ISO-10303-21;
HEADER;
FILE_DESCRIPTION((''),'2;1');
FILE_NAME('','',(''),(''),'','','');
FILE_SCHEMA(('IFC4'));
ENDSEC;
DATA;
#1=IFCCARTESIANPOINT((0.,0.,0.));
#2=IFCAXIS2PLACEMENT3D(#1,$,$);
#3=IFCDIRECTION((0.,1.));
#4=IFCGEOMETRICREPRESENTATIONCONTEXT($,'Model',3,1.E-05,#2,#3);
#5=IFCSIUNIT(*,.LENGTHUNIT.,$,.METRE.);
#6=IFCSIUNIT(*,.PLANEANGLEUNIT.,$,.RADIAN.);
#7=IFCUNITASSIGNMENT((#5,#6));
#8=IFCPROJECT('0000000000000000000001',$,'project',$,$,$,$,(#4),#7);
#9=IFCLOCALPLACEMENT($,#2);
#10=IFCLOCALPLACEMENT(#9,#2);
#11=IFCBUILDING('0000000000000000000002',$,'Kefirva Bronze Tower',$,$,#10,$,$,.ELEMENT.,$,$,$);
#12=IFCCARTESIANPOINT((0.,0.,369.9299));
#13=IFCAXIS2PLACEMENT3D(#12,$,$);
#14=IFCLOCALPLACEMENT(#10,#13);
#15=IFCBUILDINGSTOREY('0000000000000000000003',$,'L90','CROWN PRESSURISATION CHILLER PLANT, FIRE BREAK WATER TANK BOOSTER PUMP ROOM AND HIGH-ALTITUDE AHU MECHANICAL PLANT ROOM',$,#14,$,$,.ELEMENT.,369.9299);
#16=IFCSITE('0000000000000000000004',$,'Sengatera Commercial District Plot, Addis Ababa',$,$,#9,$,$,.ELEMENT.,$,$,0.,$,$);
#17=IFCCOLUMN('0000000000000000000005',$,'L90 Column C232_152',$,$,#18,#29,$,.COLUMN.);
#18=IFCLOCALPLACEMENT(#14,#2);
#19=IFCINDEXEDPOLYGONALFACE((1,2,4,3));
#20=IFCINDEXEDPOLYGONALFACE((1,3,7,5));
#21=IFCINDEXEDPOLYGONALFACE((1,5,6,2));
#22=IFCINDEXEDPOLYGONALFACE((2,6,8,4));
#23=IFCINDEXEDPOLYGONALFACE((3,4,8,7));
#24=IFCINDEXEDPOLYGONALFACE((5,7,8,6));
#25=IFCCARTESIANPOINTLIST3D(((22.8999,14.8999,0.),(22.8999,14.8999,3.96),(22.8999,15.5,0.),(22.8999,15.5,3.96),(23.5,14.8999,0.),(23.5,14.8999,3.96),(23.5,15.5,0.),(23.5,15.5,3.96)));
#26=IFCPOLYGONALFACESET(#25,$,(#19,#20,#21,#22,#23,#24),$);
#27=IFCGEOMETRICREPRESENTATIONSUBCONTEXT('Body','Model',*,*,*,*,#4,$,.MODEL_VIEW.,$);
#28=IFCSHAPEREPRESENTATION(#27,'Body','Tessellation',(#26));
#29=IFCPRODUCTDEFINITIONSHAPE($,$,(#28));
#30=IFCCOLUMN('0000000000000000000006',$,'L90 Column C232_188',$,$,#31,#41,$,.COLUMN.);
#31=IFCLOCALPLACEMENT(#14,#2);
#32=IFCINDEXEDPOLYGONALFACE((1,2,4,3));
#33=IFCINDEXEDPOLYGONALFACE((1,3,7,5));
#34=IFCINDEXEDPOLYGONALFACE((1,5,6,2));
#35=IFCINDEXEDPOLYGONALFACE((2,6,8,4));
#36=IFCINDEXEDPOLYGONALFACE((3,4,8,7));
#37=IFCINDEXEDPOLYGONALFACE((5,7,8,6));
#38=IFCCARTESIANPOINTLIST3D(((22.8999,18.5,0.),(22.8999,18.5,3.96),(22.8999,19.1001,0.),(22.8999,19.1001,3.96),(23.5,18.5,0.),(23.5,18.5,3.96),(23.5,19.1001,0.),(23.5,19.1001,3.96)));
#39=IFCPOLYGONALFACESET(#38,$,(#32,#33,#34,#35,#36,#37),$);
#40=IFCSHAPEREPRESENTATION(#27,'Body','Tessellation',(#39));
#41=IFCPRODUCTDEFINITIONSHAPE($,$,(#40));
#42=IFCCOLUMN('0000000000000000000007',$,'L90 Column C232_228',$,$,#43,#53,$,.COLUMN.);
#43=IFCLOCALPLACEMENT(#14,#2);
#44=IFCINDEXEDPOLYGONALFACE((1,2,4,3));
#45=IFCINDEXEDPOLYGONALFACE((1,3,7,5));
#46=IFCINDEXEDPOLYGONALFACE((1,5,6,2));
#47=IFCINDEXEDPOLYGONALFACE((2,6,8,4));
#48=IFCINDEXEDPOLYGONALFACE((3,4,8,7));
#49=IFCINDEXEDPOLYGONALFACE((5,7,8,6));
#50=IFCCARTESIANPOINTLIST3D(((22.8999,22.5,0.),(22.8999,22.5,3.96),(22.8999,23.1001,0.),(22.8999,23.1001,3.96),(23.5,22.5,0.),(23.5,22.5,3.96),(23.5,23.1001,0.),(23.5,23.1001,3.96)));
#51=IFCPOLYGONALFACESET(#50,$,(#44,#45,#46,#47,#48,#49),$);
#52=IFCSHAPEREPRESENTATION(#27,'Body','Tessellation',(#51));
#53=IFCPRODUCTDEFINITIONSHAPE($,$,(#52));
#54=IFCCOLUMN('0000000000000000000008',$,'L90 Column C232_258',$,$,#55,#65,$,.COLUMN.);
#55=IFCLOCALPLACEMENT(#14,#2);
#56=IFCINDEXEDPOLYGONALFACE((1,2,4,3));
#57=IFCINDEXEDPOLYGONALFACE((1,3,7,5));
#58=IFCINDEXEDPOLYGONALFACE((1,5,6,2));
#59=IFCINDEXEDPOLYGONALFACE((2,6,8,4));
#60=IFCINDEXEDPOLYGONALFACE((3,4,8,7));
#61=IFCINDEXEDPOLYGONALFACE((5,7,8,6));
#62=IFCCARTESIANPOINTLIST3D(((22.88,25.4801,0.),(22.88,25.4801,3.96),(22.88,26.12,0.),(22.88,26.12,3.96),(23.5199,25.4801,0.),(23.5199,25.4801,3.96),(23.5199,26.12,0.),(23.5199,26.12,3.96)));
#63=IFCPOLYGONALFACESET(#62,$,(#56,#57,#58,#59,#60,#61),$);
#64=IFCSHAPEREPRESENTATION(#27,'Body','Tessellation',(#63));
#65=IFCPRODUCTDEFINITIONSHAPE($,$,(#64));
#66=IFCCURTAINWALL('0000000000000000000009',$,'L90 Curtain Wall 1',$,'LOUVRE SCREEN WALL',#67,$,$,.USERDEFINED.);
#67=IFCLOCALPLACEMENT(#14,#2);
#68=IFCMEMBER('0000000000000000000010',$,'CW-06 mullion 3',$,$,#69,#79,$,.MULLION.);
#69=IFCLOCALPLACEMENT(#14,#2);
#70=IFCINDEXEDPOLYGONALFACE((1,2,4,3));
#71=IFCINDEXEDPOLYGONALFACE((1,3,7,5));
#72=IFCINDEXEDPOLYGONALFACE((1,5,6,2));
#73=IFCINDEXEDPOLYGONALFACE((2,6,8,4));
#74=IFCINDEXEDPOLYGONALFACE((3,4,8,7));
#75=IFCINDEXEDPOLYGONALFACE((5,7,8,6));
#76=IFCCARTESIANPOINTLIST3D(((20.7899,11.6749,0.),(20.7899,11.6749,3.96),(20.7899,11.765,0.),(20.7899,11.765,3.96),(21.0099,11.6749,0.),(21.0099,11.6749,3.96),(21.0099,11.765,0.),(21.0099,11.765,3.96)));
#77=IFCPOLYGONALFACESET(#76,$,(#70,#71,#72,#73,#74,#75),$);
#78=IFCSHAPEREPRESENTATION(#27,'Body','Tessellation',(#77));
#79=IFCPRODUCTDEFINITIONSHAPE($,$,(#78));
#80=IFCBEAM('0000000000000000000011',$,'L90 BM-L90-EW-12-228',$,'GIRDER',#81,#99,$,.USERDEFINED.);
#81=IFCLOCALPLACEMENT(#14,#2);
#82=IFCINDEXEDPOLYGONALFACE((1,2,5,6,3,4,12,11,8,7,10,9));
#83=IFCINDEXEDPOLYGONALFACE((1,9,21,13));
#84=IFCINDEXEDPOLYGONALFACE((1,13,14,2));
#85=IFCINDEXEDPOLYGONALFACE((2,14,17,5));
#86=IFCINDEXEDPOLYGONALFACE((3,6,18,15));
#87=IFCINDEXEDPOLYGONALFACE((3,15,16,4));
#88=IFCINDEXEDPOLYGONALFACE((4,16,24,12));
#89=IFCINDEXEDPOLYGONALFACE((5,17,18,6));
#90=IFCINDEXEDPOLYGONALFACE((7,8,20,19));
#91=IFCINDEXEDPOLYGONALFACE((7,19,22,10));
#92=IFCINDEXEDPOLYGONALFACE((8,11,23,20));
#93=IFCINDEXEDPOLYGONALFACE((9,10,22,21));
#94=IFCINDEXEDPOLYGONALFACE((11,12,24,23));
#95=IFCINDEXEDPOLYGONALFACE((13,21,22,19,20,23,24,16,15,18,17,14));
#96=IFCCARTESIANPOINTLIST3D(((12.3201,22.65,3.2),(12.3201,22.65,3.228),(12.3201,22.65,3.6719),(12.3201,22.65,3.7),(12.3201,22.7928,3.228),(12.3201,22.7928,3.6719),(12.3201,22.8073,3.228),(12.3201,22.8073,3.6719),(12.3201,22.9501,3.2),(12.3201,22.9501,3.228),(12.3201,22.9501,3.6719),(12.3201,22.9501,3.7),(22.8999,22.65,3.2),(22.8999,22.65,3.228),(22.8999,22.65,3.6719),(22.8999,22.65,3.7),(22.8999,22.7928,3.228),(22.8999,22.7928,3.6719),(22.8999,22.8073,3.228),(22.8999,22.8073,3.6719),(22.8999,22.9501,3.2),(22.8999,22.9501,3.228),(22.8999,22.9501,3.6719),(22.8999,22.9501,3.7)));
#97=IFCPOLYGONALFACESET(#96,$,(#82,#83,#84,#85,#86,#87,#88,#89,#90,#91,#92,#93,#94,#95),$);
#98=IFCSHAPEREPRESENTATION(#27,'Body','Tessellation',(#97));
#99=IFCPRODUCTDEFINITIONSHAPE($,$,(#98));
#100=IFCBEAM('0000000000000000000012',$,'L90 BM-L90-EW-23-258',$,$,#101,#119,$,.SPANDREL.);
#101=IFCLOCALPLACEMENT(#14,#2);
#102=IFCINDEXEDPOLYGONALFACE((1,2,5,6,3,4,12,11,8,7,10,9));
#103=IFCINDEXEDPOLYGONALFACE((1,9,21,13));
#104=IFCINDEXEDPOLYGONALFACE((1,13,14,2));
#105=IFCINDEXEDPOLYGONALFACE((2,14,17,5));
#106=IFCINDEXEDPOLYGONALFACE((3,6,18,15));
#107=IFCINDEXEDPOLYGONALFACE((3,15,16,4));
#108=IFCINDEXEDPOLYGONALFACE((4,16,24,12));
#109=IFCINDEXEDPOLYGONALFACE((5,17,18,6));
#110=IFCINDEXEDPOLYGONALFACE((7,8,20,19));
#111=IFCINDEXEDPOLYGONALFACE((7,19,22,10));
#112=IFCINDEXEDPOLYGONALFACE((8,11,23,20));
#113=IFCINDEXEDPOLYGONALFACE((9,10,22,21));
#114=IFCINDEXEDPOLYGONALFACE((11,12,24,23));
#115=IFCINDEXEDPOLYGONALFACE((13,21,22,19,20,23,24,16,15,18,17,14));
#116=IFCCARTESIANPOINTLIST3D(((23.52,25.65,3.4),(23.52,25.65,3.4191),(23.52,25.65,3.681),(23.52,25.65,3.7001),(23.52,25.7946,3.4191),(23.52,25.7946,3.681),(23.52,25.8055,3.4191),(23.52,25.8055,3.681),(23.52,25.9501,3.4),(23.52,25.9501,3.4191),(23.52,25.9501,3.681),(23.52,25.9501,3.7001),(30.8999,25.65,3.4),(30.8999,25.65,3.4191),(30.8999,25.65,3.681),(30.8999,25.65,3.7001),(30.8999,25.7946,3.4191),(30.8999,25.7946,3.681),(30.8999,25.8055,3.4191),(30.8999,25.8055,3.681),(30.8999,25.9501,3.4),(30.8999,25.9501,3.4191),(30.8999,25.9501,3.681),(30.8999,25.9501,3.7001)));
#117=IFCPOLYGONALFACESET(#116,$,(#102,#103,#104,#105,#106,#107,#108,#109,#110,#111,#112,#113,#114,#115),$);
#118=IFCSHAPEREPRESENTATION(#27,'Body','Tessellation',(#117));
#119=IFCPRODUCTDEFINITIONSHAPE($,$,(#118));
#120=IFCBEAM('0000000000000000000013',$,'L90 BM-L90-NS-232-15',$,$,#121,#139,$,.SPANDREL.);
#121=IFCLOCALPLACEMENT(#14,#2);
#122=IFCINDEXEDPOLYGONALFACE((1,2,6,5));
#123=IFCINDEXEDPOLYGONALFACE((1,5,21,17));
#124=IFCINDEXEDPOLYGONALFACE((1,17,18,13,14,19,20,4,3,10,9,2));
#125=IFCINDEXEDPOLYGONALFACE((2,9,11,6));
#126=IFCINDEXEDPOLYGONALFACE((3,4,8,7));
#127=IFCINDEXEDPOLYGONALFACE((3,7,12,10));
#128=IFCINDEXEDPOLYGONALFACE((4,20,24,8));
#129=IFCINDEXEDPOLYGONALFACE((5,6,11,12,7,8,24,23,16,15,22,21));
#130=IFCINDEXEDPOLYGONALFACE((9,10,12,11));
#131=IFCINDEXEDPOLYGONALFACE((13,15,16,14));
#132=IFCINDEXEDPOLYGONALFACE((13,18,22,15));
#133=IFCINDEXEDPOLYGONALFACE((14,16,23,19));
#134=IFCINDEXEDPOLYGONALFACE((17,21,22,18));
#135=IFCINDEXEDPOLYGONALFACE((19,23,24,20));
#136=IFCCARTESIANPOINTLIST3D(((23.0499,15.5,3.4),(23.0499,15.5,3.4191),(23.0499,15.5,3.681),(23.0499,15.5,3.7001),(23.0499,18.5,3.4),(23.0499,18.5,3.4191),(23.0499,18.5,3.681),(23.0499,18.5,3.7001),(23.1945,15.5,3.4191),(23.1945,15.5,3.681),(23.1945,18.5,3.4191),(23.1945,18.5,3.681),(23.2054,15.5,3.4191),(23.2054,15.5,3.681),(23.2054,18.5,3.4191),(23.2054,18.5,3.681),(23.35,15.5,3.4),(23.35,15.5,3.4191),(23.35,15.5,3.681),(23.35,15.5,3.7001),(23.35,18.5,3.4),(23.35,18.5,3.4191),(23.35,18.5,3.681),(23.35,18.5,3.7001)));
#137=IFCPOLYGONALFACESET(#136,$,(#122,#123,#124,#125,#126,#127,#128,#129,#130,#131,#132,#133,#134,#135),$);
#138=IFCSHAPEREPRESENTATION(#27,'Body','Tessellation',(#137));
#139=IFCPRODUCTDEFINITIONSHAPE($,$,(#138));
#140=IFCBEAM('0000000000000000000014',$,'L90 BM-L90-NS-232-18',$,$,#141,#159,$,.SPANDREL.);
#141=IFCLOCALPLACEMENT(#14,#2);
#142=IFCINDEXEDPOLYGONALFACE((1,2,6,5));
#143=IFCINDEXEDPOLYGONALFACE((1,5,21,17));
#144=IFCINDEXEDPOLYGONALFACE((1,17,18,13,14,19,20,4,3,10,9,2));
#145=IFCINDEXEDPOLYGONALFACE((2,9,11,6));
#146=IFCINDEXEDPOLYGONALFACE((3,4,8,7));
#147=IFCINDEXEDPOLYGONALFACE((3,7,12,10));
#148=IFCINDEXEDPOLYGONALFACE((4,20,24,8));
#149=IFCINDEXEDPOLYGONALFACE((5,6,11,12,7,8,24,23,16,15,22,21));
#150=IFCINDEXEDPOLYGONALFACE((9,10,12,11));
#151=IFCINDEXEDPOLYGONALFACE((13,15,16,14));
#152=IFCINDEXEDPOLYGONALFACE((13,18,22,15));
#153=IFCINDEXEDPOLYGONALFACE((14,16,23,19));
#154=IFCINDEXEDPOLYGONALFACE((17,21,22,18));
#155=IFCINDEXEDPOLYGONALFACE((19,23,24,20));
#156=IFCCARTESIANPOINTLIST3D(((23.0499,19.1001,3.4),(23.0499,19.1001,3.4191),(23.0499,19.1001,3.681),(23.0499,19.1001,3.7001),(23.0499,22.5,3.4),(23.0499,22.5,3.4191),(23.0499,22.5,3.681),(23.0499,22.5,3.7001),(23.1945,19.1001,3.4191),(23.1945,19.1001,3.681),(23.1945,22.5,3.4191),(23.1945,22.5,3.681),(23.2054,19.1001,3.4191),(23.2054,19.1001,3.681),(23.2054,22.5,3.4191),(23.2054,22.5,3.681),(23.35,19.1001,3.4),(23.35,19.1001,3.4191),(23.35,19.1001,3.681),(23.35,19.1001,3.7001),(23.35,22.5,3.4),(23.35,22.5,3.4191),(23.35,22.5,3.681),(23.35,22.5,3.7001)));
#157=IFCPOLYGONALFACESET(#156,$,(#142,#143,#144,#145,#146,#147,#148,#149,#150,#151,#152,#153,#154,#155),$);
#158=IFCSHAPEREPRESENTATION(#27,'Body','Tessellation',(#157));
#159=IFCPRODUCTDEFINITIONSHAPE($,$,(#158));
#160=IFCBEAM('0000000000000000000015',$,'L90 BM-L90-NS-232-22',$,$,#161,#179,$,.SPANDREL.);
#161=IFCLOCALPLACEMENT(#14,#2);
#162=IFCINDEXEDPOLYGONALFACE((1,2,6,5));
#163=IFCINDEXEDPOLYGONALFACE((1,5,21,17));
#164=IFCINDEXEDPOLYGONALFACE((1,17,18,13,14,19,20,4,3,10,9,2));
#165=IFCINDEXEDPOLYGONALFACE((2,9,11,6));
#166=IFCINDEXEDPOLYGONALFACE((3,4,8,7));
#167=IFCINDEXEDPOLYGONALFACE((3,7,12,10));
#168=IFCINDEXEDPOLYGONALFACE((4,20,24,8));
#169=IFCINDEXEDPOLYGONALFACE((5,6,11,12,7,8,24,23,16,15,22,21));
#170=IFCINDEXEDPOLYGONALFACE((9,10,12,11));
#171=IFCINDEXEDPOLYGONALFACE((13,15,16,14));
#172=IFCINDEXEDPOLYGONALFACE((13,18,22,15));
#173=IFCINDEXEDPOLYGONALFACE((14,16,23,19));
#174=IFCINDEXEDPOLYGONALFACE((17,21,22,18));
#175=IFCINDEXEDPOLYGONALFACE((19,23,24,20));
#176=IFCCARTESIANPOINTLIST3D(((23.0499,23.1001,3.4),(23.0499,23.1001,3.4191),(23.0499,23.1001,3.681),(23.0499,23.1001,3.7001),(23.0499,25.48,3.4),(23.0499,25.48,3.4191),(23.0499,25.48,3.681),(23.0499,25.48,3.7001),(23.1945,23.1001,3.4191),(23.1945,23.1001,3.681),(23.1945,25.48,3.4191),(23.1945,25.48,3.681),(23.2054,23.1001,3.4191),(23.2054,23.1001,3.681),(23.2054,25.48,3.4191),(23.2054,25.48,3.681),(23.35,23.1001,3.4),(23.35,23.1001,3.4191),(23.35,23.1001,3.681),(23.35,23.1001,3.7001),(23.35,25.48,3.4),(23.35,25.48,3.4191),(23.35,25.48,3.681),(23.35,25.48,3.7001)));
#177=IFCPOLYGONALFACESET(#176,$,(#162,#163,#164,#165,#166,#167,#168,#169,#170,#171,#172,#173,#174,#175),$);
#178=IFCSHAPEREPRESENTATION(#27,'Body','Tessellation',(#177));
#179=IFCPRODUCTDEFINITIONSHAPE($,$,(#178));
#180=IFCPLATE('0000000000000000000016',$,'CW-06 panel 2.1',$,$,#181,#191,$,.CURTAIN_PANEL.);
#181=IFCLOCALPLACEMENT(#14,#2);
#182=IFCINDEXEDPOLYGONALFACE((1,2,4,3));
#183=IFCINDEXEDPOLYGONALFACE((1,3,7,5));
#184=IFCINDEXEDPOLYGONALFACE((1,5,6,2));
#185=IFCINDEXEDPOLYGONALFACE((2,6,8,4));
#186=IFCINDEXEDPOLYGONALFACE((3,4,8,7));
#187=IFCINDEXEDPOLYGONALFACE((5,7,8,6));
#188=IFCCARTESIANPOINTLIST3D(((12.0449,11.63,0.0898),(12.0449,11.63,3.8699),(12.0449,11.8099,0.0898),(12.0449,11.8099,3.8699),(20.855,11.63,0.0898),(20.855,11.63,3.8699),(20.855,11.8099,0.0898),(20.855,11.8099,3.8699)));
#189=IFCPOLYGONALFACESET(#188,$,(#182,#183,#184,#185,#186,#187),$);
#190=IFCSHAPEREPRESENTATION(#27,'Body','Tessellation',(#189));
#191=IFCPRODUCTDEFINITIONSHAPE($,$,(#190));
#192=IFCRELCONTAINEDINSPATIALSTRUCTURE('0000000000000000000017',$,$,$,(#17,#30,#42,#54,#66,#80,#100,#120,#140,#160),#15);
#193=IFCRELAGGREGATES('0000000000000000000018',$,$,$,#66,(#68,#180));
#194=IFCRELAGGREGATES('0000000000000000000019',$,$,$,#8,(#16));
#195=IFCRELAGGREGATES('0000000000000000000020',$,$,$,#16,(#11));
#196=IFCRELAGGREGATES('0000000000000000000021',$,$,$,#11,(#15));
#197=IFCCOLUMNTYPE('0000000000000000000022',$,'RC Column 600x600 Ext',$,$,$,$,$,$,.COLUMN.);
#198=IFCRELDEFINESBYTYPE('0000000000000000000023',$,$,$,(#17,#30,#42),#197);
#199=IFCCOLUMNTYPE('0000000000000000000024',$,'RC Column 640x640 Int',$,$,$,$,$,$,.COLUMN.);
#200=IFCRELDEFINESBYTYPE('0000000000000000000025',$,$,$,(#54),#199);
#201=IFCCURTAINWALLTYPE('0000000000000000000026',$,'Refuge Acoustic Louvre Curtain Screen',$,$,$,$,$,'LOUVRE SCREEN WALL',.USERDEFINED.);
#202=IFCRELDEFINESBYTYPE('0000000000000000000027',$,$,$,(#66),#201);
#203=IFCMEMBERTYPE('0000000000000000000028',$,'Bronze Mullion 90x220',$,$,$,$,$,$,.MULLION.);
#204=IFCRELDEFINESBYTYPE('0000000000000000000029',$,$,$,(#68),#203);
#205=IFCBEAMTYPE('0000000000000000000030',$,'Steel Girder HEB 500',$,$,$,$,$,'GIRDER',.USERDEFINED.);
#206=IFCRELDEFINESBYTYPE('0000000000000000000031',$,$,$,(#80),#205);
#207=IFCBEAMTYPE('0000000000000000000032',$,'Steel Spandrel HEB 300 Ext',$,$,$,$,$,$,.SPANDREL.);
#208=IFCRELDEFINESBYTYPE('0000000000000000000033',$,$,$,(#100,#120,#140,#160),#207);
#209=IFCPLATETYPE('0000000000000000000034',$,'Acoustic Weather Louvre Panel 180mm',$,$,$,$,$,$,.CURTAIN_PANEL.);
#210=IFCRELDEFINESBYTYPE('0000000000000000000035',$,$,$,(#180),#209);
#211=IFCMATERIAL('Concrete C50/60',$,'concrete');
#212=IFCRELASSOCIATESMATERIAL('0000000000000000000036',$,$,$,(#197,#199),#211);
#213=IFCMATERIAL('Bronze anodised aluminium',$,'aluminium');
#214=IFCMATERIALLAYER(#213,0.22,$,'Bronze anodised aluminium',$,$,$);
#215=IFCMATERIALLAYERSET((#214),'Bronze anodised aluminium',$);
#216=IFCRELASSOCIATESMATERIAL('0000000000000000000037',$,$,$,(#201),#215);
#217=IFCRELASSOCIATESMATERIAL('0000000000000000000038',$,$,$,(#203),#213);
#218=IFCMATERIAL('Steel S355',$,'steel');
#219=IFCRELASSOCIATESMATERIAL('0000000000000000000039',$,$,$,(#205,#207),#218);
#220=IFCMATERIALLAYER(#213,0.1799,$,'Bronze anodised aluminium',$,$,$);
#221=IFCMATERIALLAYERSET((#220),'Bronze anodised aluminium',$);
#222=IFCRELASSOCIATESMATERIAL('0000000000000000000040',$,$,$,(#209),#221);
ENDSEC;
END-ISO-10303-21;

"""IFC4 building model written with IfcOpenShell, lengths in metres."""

from ifc_helpers import new_model, si_unit, direction, frame, origin, origin_2d, place, context, subcontext, project, spatial, rectangle, i_section, extrude, material, layer, layer_set, material_profile, profile_set, type_object, element, aggregate, save


model = new_model("IFC4")

# Units and contexts
model_context = context("Model", 3, precision=1e-05, world=origin(), true_north=direction((0.0, 1.0)))
body_context = subcontext(model_context, "Body", "Model", "MODEL_VIEW")
ifc_project = project(units=[si_unit("LENGTHUNIT", "METRE"), si_unit("PLANEANGLEUNIT", "RADIAN")], contexts=[model_context])

# Site, building, storey
site_placement = place(None, origin())
site = spatial("IfcSite", under=ifc_project, at=site_placement, Name="Sengatera Commercial District Plot, Addis Ababa", CompositionType="ELEMENT", RefElevation=0.0)
building_placement = place(site_placement, origin())
building = spatial("IfcBuilding", under=site, at=building_placement, Name="Kefirva Bronze Tower", CompositionType="ELEMENT")
storey_placement = place(building_placement, frame((0.0, 0.0, 369.9299)))
storey = spatial("IfcBuildingStorey", under=building, at=storey_placement, Name="L90", Description="CROWN PRESSURISATION CHILLER PLANT, FIRE BREAK WATER TANK BOOSTER PUMP ROOM AND HIGH-ALTITUDE AHU MECHANICAL PLANT ROOM", CompositionType="ELEMENT", Elevation=369.9299)

# Columns
ifc_material_1 = material(Name="Concrete C50/60", Category="concrete")
ifc_material_profile_1 = material_profile(ifc_material_1, rectangle(XDim=0.6001, YDim=0.6001, at=origin_2d()), Name="RC 600x600")
ifc_profile_set_1 = profile_set([ifc_material_profile_1], Name="Concrete C50/60")
column_type_1 = type_object("IfcColumnType", Name="RC Column 600x600 Ext", PredefinedType="COLUMN", material=ifc_profile_set_1)
for number, where, z_axis, x_axis, name in (
    (1, (23.2, 15.2, 0.0), (0.0, 0.0, 1.0), (1.0, 0.0, 0.0), "L90 Column C232_152"),
    (2, (23.2, 18.8, 0.0), (0.0, 0.0, 1.0), (1.0, 0.0, 0.0), "L90 Column C232_188"),
    (3, (23.2, 22.8, 0.0), (0.0, 0.0, 1.0), (1.0, 0.0, 0.0), "L90 Column C232_228"),
):
    element("IfcColumn", number, at=place(storey_placement, frame(where, z_axis=z_axis, x_axis=x_axis)), inside=storey, type_object=column_type_1, Name=name, PredefinedType="COLUMN", context=body_context, shape_type="SweptSolid", body=[
        extrude(rectangle(XDim=0.6001, YDim=0.6001, at=origin_2d()), origin(), (0.0, 0.0, 1.0), 3.96),
    ])
ifc_material_profile_2 = material_profile(ifc_material_1, rectangle(XDim=0.6399, YDim=0.6399, at=origin_2d()), Name="RC 640x640")
ifc_profile_set_2 = profile_set([ifc_material_profile_2], Name="Concrete C50/60")
column_type_2 = type_object("IfcColumnType", Name="RC Column 640x640 Int", PredefinedType="COLUMN", material=ifc_profile_set_2)
column_placement = place(storey_placement, frame((23.2, 25.8, 0.0), z_axis=(0.0, 0.0, 1.0), x_axis=(1.0, 0.0, 0.0)))
element("IfcColumn", 4, at=column_placement, inside=storey, type_object=column_type_2, Name="L90 Column C232_258", PredefinedType="COLUMN", context=body_context, shape_type="SweptSolid", body=[
    extrude(rectangle(XDim=0.6399, YDim=0.6399, at=origin_2d()), origin(), (0.0, 0.0, 1.0), 3.96),
])

# Curtain wall, member
ifc_material_2 = material(Name="Bronze anodised aluminium", Category="aluminium")
ifc_layer_1 = layer(ifc_material_2, 0.22, Name="Bronze anodised aluminium")
ifc_layer_set_1 = layer_set([ifc_layer_1], Name="Bronze anodised aluminium")
curtain_wall_type = type_object("IfcCurtainWallType", Name="Refuge Acoustic Louvre Curtain Screen", ElementType="LOUVRE SCREEN WALL", PredefinedType="USERDEFINED", material=ifc_layer_set_1)
curtain_wall_placement = place(storey_placement, origin())
curtain_wall = element("IfcCurtainWall", 5, at=curtain_wall_placement, inside=storey, type_object=curtain_wall_type, Name="L90 Curtain Wall 1", ObjectType="LOUVRE SCREEN WALL", PredefinedType="USERDEFINED")
ifc_material_profile_3 = material_profile(ifc_material_2, rectangle(XDim=0.0901, YDim=0.22, at=origin_2d()), Name="ALU 90x220")
ifc_profile_set_3 = profile_set([ifc_material_profile_3], Name="Bronze anodised aluminium")
member_type = type_object("IfcMemberType", Name="Bronze Mullion 90x220", PredefinedType="MULLION", material=ifc_profile_set_3)
member_placement = place(storey_placement, frame((20.8999, 11.72, 0.0), z_axis=(0.0, 0.0, 1.0), x_axis=(0.0, 1.0, 0.0)))
member = element("IfcMember", 6, at=member_placement, type_object=member_type, Name="CW-06 mullion 3", PredefinedType="MULLION", context=body_context, shape_type="SweptSolid", body=[
    extrude(rectangle(XDim=0.0901, YDim=0.22, at=origin_2d()), origin(), (0.0, 0.0, 1.0), 3.96),
])

# Beams
ifc_material_3 = material(Name="Steel S355", Category="steel")
ifc_material_profile_4 = material_profile(ifc_material_3, i_section(OverallWidth=0.3, OverallDepth=0.5, WebThickness=0.0144, FlangeThickness=0.0281, at=origin_2d()), Name="HEB 500")
ifc_profile_set_4 = profile_set([ifc_material_profile_4], Name="Steel S355")
beam_type_1 = type_object("IfcBeamType", Name="Steel Girder HEB 500", ElementType="GIRDER", PredefinedType="USERDEFINED", material=ifc_profile_set_4)
beam_1_placement = place(storey_placement, frame((12.3201, 22.8, 3.45), z_axis=(1.0, 0.0, 0.0), x_axis=(0.0, 1.0, 0.0)))
element("IfcBeam", 7, at=beam_1_placement, inside=storey, type_object=beam_type_1, Name="L90 BM-L90-EW-12-228", ObjectType="GIRDER", PredefinedType="USERDEFINED", context=body_context, shape_type="SweptSolid", body=[
    extrude(i_section(OverallWidth=0.3, OverallDepth=0.5, WebThickness=0.0144, FlangeThickness=0.0281, at=origin_2d()), origin(), (0.0, 0.0, 1.0), 10.5798),
])
ifc_material_profile_5 = material_profile(ifc_material_3, i_section(OverallWidth=0.3, OverallDepth=0.3, WebThickness=0.011, FlangeThickness=0.019, at=origin_2d()), Name="HEB 300")
ifc_profile_set_5 = profile_set([ifc_material_profile_5], Name="Steel S355")
beam_type_2 = type_object("IfcBeamType", Name="Steel Spandrel HEB 300 Ext", PredefinedType="SPANDREL", material=ifc_profile_set_5)
beam_2_placement = place(storey_placement, frame((23.52, 25.8, 3.55), z_axis=(1.0, 0.0, 0.0), x_axis=(0.0, 1.0, 0.0)))
element("IfcBeam", 8, at=beam_2_placement, inside=storey, type_object=beam_type_2, Name="L90 BM-L90-EW-23-258", PredefinedType="SPANDREL", context=body_context, shape_type="SweptSolid", body=[
    extrude(i_section(OverallWidth=0.3, OverallDepth=0.3, WebThickness=0.011, FlangeThickness=0.019, at=origin_2d()), origin(), (0.0, 0.0, 1.0), 7.3799),
])
beam_3_placement = place(storey_placement, frame((23.2, 15.5, 3.55), z_axis=(0.0, 1.0, 0.0), x_axis=(-1.0, 0.0, 0.0)))
element("IfcBeam", 9, at=beam_3_placement, inside=storey, type_object=beam_type_2, Name="L90 BM-L90-NS-232-15", PredefinedType="SPANDREL", context=body_context, shape_type="SweptSolid", body=[
    extrude(i_section(OverallWidth=0.3, OverallDepth=0.3, WebThickness=0.011, FlangeThickness=0.019, at=origin_2d()), origin(), (0.0, 0.0, 1.0), 3.0),
])
beam_4_placement = place(storey_placement, frame((23.2, 19.1001, 3.55), z_axis=(0.0, 1.0, 0.0), x_axis=(-1.0, 0.0, 0.0)))
element("IfcBeam", 10, at=beam_4_placement, inside=storey, type_object=beam_type_2, Name="L90 BM-L90-NS-232-18", PredefinedType="SPANDREL", context=body_context, shape_type="SweptSolid", body=[
    extrude(i_section(OverallWidth=0.3, OverallDepth=0.3, WebThickness=0.011, FlangeThickness=0.019, at=origin_2d()), origin(), (0.0, 0.0, 1.0), 3.3999),
])
beam_5_placement = place(storey_placement, frame((23.2, 23.1001, 3.55), z_axis=(0.0, 1.0, 0.0), x_axis=(-1.0, 0.0, 0.0)))
element("IfcBeam", 11, at=beam_5_placement, inside=storey, type_object=beam_type_2, Name="L90 BM-L90-NS-232-22", PredefinedType="SPANDREL", context=body_context, shape_type="SweptSolid", body=[
    extrude(i_section(OverallWidth=0.3, OverallDepth=0.3, WebThickness=0.011, FlangeThickness=0.019, at=origin_2d()), origin(), (0.0, 0.0, 1.0), 2.3799),
])

# Plate
ifc_layer_2 = layer(ifc_material_2, 0.1799, Name="Bronze anodised aluminium")
ifc_layer_set_2 = layer_set([ifc_layer_2], Name="Bronze anodised aluminium")
plate_type = type_object("IfcPlateType", Name="Acoustic Weather Louvre Panel 180mm", PredefinedType="CURTAIN_PANEL", material=ifc_layer_set_2)
plate_placement = place(storey_placement, frame((16.45, 11.72, 0.0898), z_axis=(0.0, 0.0, 1.0), x_axis=(1.0, 0.0, 0.0)))
plate = element("IfcPlate", 12, at=plate_placement, type_object=plate_type, Name="CW-06 panel 2.1", PredefinedType="CURTAIN_PANEL", context=body_context, shape_type="SweptSolid", body=[
    extrude(rectangle(XDim=8.8101, YDim=0.1799, at=origin_2d()), origin(), (0.0, 0.0, 1.0), 3.78),
])
aggregate(curtain_wall, [member, plate])

save(model, "model.ifc")
